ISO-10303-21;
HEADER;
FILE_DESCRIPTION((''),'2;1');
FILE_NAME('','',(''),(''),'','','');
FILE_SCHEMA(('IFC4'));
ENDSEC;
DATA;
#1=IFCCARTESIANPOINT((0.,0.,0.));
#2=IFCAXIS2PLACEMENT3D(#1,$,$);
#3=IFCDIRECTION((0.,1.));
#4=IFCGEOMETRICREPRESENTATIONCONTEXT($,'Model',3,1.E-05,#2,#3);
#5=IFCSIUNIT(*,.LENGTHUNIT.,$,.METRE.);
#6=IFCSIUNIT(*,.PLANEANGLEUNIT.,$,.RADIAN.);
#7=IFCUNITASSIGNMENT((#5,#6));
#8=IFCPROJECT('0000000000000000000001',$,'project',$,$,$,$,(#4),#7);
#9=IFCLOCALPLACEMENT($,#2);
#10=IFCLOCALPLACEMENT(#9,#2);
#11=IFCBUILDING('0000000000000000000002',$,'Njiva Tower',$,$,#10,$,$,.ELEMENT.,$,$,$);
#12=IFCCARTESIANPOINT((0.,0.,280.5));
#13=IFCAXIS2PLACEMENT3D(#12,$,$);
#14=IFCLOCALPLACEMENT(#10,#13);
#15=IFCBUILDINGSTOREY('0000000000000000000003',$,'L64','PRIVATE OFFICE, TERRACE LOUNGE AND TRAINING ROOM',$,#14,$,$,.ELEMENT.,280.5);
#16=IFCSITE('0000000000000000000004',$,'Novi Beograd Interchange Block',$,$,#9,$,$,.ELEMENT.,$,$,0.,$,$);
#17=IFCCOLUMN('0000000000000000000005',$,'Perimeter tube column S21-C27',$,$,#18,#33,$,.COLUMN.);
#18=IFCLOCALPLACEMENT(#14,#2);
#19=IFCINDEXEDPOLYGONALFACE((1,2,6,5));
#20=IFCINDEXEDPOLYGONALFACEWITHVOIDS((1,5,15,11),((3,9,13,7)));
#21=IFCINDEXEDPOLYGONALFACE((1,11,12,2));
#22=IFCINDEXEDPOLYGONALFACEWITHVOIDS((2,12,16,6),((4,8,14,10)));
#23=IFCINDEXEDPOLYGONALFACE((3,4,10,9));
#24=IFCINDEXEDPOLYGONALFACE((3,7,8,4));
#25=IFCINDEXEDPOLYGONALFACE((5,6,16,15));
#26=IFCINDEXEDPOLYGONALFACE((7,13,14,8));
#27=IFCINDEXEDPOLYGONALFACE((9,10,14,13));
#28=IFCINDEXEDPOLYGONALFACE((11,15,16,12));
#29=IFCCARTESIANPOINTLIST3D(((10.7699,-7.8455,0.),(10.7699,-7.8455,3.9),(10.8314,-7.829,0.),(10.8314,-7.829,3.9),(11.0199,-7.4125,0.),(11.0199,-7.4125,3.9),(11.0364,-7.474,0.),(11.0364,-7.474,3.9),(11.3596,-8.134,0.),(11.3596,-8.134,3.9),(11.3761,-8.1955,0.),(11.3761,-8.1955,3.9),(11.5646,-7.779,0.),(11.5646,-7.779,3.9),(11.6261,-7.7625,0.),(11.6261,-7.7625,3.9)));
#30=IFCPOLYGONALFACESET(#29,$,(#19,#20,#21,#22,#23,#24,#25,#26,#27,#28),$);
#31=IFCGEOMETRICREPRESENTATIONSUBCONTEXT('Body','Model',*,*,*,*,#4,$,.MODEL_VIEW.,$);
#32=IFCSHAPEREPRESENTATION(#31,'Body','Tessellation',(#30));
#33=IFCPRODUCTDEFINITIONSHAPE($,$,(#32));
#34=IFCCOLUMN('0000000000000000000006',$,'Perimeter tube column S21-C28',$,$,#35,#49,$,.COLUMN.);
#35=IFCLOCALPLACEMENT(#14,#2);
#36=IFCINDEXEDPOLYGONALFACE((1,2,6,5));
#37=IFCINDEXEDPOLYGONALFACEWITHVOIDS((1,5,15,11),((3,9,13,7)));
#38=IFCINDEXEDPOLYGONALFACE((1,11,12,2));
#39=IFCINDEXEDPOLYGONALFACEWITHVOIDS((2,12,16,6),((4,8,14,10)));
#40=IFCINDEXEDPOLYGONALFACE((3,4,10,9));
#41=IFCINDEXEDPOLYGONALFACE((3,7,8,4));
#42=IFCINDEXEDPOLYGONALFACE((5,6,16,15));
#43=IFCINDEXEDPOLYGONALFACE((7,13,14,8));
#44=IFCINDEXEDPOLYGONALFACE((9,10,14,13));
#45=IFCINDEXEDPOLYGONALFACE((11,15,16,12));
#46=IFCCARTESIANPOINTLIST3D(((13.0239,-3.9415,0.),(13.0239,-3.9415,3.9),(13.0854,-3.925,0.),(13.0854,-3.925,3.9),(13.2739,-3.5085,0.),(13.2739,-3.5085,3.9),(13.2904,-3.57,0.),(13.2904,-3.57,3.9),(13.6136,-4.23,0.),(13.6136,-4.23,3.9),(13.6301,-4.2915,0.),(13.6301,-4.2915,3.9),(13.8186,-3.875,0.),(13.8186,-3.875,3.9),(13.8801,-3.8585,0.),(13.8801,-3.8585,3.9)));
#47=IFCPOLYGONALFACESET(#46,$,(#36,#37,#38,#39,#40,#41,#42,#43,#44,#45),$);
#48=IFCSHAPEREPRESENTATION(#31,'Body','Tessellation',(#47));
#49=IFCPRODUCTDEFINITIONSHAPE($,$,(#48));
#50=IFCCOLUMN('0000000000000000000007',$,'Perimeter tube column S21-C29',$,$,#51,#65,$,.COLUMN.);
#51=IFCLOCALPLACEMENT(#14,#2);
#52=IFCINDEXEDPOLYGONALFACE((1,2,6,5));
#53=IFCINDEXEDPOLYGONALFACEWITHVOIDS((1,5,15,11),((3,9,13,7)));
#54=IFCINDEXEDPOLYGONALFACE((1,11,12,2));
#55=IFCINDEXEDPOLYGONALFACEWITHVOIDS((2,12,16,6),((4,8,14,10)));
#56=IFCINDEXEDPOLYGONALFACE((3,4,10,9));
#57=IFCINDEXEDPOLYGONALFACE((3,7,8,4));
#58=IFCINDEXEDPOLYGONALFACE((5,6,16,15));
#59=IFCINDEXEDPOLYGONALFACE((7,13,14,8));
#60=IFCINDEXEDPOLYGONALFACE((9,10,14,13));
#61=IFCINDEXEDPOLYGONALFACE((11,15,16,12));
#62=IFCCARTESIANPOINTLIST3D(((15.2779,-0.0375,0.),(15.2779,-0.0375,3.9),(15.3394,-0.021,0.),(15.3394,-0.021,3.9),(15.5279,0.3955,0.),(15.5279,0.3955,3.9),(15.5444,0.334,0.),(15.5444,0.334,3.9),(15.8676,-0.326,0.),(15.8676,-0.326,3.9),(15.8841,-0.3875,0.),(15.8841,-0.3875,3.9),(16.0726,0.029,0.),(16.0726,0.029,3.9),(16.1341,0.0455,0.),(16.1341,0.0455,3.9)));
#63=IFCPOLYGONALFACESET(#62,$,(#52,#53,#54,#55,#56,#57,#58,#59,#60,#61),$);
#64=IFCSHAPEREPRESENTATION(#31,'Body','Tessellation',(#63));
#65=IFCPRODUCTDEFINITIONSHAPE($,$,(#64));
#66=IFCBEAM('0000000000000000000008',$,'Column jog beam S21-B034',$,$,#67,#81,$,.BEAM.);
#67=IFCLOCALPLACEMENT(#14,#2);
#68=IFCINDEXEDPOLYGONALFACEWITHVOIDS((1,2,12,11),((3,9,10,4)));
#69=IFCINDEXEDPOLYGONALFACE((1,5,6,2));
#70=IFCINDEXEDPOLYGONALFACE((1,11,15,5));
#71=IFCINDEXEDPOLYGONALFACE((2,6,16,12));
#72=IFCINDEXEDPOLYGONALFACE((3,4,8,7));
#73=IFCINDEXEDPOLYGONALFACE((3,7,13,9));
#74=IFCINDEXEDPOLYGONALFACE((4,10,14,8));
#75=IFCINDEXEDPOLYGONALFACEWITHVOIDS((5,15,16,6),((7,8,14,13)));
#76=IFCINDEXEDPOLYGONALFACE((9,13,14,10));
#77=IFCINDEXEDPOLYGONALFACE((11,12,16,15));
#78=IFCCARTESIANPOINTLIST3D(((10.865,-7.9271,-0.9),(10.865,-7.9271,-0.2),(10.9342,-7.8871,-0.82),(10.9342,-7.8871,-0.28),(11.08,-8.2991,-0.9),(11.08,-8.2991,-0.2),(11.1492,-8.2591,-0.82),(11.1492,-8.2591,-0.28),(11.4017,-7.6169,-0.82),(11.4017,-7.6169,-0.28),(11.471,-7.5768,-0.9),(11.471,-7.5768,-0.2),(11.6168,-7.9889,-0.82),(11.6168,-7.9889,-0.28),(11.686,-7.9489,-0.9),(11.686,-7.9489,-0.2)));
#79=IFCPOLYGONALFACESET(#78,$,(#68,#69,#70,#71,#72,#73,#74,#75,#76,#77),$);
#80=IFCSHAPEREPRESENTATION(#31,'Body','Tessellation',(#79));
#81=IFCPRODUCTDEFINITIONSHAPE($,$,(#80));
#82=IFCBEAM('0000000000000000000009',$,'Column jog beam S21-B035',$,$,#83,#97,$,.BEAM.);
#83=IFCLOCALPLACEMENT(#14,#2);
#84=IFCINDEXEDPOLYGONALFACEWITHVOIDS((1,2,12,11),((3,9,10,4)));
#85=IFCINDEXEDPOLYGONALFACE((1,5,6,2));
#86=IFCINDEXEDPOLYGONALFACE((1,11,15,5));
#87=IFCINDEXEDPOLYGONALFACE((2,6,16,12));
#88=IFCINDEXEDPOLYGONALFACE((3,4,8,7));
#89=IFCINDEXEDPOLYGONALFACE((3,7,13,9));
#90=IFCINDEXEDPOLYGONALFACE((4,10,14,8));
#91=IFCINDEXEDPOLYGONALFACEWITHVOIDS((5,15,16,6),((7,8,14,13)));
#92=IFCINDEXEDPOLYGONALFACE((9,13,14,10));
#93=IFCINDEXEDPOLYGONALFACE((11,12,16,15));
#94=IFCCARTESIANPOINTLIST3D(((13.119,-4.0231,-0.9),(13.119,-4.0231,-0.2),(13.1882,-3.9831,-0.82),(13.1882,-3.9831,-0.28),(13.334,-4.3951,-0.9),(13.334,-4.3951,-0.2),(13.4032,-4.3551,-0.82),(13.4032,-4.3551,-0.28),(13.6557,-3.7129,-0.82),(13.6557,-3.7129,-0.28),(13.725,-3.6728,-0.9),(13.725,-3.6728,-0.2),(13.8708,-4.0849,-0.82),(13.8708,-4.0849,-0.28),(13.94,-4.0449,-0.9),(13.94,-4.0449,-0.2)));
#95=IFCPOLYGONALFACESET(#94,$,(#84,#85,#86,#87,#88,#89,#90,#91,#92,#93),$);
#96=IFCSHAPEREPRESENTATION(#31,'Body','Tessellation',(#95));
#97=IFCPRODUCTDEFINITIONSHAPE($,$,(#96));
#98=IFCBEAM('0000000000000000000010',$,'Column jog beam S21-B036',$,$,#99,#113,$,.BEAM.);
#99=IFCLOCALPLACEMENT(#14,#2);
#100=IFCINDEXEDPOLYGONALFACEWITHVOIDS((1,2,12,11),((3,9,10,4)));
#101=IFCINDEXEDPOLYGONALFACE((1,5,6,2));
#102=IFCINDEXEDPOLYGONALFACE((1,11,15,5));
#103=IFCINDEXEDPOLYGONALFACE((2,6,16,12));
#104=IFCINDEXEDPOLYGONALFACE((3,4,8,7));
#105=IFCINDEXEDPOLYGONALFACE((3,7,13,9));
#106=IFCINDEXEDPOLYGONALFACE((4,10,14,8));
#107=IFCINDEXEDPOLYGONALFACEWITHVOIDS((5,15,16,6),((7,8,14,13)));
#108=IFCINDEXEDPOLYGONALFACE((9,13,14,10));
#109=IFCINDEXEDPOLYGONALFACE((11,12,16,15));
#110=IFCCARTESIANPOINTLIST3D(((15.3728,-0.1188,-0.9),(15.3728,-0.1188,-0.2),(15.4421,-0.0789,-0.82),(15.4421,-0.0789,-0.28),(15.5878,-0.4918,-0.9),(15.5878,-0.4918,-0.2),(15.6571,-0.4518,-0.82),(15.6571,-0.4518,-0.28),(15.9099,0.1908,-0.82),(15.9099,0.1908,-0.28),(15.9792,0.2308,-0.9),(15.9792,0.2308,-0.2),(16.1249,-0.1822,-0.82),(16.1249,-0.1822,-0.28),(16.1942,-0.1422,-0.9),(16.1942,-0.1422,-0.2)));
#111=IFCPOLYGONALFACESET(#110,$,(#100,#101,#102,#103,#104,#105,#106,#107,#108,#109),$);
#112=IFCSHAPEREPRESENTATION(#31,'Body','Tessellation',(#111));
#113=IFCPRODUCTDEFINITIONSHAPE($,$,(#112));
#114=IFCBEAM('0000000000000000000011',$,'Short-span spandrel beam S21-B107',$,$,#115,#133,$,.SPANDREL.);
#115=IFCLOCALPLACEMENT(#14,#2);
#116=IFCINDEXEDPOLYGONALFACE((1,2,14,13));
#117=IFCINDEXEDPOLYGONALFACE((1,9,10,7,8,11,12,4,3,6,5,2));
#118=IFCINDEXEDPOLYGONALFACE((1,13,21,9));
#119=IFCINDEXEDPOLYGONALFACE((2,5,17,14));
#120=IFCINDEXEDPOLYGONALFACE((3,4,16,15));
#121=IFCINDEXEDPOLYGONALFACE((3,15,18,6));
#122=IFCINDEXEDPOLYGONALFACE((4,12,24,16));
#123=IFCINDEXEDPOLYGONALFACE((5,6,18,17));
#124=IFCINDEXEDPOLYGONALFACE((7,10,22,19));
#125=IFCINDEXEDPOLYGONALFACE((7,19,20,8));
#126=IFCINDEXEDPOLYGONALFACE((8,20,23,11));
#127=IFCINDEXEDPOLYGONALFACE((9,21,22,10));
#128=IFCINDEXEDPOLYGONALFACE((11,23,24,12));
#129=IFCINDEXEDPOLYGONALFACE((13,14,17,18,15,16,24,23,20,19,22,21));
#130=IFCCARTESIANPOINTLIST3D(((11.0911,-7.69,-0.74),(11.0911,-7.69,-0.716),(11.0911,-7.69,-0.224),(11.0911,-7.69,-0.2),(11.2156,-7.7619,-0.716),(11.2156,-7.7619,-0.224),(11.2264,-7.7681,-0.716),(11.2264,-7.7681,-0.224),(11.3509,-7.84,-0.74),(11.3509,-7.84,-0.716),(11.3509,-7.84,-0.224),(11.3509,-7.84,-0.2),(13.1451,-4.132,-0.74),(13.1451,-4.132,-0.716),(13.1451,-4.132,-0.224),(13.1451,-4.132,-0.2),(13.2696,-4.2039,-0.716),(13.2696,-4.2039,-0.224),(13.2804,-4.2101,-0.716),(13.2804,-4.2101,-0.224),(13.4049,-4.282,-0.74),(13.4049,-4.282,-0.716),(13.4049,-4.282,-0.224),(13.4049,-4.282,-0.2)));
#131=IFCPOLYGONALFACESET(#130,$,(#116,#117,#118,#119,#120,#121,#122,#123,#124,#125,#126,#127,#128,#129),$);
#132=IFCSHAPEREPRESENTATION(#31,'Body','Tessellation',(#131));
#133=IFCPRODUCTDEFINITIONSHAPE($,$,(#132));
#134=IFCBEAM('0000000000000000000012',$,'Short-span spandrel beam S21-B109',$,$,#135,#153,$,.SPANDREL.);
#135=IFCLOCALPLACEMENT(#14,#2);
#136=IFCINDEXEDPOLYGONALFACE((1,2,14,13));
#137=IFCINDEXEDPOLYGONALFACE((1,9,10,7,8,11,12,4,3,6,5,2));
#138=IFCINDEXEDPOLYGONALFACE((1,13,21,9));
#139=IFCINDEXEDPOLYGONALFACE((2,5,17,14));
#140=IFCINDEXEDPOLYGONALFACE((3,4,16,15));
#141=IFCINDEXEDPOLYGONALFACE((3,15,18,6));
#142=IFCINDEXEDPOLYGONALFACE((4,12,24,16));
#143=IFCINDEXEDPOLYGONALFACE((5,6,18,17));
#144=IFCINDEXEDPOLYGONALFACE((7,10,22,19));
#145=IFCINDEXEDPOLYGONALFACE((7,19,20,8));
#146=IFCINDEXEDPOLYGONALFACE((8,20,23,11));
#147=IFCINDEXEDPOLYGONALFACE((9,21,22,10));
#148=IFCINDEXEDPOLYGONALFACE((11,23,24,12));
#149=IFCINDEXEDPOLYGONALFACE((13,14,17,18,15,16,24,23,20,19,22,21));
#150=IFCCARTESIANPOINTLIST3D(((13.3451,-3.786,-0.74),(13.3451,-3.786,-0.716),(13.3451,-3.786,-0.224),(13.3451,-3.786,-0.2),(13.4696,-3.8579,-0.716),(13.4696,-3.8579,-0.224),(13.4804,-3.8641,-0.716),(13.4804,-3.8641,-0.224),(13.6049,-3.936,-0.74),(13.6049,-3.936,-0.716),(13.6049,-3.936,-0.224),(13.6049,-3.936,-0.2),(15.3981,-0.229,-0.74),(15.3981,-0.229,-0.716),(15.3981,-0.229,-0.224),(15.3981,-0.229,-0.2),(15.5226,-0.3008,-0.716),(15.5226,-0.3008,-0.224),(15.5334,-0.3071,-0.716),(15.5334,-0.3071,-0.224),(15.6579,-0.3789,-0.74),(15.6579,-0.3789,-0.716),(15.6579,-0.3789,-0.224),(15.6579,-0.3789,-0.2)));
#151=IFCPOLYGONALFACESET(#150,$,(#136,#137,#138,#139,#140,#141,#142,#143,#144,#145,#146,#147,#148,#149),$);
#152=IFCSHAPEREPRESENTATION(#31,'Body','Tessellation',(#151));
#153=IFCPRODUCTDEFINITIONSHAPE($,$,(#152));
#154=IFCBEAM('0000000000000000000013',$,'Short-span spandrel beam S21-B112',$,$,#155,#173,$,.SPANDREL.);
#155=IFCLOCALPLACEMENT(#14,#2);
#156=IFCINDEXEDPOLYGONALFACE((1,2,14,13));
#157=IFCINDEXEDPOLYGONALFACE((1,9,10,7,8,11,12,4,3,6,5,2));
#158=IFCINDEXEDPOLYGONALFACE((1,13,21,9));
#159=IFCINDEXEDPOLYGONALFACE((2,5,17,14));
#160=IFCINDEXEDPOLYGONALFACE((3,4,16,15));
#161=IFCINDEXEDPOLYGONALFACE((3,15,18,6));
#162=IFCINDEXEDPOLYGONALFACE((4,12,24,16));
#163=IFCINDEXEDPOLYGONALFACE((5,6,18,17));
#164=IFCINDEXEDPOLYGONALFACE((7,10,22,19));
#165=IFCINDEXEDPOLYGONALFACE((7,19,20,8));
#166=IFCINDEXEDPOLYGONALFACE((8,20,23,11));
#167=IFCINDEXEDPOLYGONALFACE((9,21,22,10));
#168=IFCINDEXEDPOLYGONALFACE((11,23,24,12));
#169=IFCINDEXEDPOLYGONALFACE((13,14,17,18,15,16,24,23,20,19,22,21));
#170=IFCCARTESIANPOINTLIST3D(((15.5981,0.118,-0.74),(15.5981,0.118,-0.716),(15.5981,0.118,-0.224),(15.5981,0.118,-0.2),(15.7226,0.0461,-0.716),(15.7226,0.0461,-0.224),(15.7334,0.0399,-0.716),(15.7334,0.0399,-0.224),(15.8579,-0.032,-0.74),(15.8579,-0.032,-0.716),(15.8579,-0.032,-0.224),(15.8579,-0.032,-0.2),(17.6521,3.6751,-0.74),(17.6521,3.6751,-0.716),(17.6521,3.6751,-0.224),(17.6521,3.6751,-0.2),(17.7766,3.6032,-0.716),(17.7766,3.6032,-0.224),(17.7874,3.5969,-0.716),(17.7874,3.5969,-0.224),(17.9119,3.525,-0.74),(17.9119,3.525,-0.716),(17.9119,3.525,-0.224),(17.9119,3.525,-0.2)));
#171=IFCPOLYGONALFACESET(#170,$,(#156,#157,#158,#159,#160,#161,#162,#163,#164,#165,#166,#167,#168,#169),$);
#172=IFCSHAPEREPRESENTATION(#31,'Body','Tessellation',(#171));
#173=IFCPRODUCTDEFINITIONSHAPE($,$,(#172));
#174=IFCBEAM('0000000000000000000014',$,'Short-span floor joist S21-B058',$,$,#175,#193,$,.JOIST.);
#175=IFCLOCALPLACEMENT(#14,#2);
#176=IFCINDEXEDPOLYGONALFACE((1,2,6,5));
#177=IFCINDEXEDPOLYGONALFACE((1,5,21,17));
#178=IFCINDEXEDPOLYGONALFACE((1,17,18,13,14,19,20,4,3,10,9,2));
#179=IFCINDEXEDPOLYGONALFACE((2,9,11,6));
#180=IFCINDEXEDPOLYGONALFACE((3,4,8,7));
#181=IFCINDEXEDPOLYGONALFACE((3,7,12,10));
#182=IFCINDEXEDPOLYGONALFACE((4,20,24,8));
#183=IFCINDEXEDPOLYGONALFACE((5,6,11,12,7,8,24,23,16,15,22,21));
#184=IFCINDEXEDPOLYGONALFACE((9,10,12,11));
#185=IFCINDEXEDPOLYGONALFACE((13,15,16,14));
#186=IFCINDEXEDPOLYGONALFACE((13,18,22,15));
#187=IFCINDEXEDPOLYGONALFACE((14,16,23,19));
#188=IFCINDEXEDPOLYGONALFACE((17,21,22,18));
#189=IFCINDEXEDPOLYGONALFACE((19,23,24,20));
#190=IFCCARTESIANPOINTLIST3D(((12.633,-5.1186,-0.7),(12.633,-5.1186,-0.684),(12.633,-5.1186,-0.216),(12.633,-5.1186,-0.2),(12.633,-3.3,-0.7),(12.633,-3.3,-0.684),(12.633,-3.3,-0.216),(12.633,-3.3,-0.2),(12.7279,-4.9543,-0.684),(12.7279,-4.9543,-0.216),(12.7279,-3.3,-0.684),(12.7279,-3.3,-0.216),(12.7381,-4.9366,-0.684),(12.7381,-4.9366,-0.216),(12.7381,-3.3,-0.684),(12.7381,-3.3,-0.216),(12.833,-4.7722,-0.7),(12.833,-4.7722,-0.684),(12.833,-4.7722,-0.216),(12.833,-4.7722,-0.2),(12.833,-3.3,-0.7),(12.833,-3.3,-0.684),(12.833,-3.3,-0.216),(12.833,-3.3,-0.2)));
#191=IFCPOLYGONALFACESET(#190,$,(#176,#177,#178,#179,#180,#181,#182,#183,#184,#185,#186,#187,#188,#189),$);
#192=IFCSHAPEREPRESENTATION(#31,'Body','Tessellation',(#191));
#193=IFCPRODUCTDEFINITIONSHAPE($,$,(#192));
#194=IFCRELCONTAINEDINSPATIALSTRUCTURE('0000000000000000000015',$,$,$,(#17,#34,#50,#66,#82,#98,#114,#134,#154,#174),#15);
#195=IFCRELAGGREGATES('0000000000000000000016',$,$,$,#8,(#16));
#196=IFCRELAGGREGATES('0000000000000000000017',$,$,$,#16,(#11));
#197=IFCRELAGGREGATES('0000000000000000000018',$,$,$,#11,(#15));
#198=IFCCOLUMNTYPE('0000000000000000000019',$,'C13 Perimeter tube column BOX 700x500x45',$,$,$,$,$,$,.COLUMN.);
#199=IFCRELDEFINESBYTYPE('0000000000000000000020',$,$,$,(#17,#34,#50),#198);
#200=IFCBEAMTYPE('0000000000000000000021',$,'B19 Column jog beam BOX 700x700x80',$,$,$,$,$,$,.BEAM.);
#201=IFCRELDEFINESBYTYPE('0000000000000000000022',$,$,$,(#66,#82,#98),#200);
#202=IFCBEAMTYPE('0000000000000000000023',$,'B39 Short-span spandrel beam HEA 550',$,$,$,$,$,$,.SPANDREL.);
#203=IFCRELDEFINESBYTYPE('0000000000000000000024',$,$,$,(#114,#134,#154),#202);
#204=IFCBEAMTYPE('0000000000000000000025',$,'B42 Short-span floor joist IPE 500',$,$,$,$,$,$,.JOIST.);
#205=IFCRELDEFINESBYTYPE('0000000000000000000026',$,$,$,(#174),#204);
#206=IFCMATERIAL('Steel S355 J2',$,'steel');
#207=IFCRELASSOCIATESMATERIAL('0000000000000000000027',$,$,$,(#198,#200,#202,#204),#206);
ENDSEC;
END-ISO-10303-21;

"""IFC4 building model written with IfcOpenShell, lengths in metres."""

from ifc_helpers import new_model, si_unit, direction, frame, origin, origin_2d, place, context, subcontext, project, spatial, hollow_rectangle, i_section, extrude, clip, halfspace, material, material_profile, profile_set, type_object, element, save


model = new_model("IFC4")

# Units and contexts
model_context = context("Model", 3, precision=1e-05, world=origin(), true_north=direction((0.0, 1.0)))
body_context = subcontext(model_context, "Body", "Model", "MODEL_VIEW")
ifc_project = project(units=[si_unit("LENGTHUNIT", "METRE"), si_unit("PLANEANGLEUNIT", "RADIAN")], contexts=[model_context])

# Site, building, storey
site_placement = place(None, origin())
site = spatial("IfcSite", under=ifc_project, at=site_placement, Name="Novi Beograd Interchange Block", CompositionType="ELEMENT", RefElevation=0.0)
building_placement = place(site_placement, origin())
building = spatial("IfcBuilding", under=site, at=building_placement, Name="Njiva Tower", CompositionType="ELEMENT")
storey_placement = place(building_placement, frame((0.0, 0.0, 280.5)))
storey = spatial("IfcBuildingStorey", under=building, at=storey_placement, Name="L64", Description="PRIVATE OFFICE, TERRACE LOUNGE AND TRAINING ROOM", CompositionType="ELEMENT", Elevation=280.5)

# Columns
ifc_material_1 = material(Name="Steel S355 J2", Category="steel")
ifc_material_profile_1 = material_profile(ifc_material_1, hollow_rectangle(XDim=0.5, YDim=0.7, WallThickness=0.045, at=origin_2d()), Name="BOX 700x500x45")
ifc_profile_set_1 = profile_set([ifc_material_profile_1], Name="Steel S355 J2")
column_type = type_object("IfcColumnType", Name="C13 Perimeter tube column BOX 700x500x45", PredefinedType="COLUMN", material=ifc_profile_set_1)
for number, where, z_axis, x_axis, name in (
    (1, (11.198, -7.804, 0.0), (0.0, 0.0, 1.0), (0.5, 0.866025, 0.0), "Perimeter tube column S21-C27"),
    (2, (13.452, -3.9, 0.0), (0.0, 0.0, 1.0), (0.5, 0.866025, 0.0), "Perimeter tube column S21-C28"),
    (3, (15.706, 0.004, 0.0), (0.0, 0.0, 1.0), (0.5, 0.866025, 0.0), "Perimeter tube column S21-C29"),
):
    element("IfcColumn", number, at=place(storey_placement, frame(where, z_axis=z_axis, x_axis=x_axis)), inside=storey, type_object=column_type, Name=name, PredefinedType="COLUMN", context=body_context, shape_type="SweptSolid", body=[
        extrude(hollow_rectangle(XDim=0.5, YDim=0.7, WallThickness=0.045, at=origin_2d()), origin(), (0.0, 0.0, 1.0), 3.9),
    ])

# Beams
ifc_material_profile_2 = material_profile(ifc_material_1, hollow_rectangle(XDim=0.7, YDim=0.7, WallThickness=0.08, at=origin_2d()), Name="BOX 700x700x80")
ifc_profile_set_2 = profile_set([ifc_material_profile_2], Name="Steel S355 J2")
beam_type_1 = type_object("IfcBeamType", Name="B19 Column jog beam BOX 700x700x80", PredefinedType="BEAM", material=ifc_profile_set_2)
for number, where, z_axis, x_axis, name in (
    (4, (11.383, -8.124, -0.55), (-0.500394, 0.865798, 0.0), (-0.865798, -0.500394, 0.0), "Column jog beam S21-B034"),
    (5, (13.637, -4.22, -0.55), (-0.500394, 0.865798, 0.0), (-0.865798, -0.500394, 0.0), "Column jog beam S21-B035"),
):
    element("IfcBeam", number, at=place(storey_placement, frame(where, z_axis=z_axis, x_axis=x_axis)), inside=storey, type_object=beam_type_1, Name=name, PredefinedType="BEAM", context=body_context, shape_type="SweptSolid", body=[
        extrude(hollow_rectangle(XDim=0.7, YDim=0.7, WallThickness=0.08, at=origin_2d()), origin(), (0.0, 0.0, 1.0), 0.4297),
    ])
beam_1_placement = place(storey_placement, frame((15.891, -0.317, -0.55), z_axis=(-0.499387, 0.866379, 0.0), x_axis=(-0.866379, -0.499387, 0.0)))
element("IfcBeam", 6, at=beam_1_placement, inside=storey, type_object=beam_type_1, Name="Column jog beam S21-B036", PredefinedType="BEAM", context=body_context, shape_type="SweptSolid", body=[
    extrude(hollow_rectangle(XDim=0.7, YDim=0.7, WallThickness=0.08, at=origin_2d()), origin(), (0.0, 0.0, 1.0), 0.4305),
])
ifc_material_profile_3 = material_profile(ifc_material_1, i_section(OverallWidth=0.3, OverallDepth=0.54, WebThickness=0.0125, FlangeThickness=0.024, at=origin_2d()), Name="HEA 550")
ifc_profile_set_3 = profile_set([ifc_material_profile_3], Name="Steel S355 J2")
beam_type_2 = type_object("IfcBeamType", Name="B39 Short-span spandrel beam HEA 550", PredefinedType="SPANDREL", material=ifc_profile_set_3)
beam_2_placement = place(storey_placement, frame((11.221, -7.765, -0.47), z_axis=(0.499961, 0.866048, 0.0), x_axis=(-0.866048, 0.499961, 0.0)))
element("IfcBeam", 7, at=beam_2_placement, inside=storey, type_object=beam_type_2, Name="Short-span spandrel beam S21-B107", PredefinedType="SPANDREL", context=body_context, shape_type="SweptSolid", body=[
    extrude(i_section(OverallWidth=0.3, OverallDepth=0.54, WebThickness=0.0125, FlangeThickness=0.024, at=origin_2d()), origin(), (0.0, 0.0, 1.0), 4.1083),
])
beam_3_placement = place(storey_placement, frame((13.475, -3.861, -0.47), z_axis=(0.499884, 0.866092, 0.0), x_axis=(-0.866092, 0.499884, 0.0)))
element("IfcBeam", 8, at=beam_3_placement, inside=storey, type_object=beam_type_2, Name="Short-span spandrel beam S21-B109", PredefinedType="SPANDREL", context=body_context, shape_type="SweptSolid", body=[
    extrude(i_section(OverallWidth=0.3, OverallDepth=0.54, WebThickness=0.0125, FlangeThickness=0.024, at=origin_2d()), origin(), (0.0, 0.0, 1.0), 4.107),
])
beam_4_placement = place(storey_placement, frame((15.728, 0.043, -0.47), z_axis=(0.500067, 0.865987, 0.0), x_axis=(-0.865987, 0.500067, 0.0)))
element("IfcBeam", 9, at=beam_4_placement, inside=storey, type_object=beam_type_2, Name="Short-span spandrel beam S21-B112", PredefinedType="SPANDREL", context=body_context, shape_type="SweptSolid", body=[
    extrude(i_section(OverallWidth=0.3, OverallDepth=0.54, WebThickness=0.0125, FlangeThickness=0.024, at=origin_2d()), origin(), (0.0, 0.0, 1.0), 4.1075),
])
ifc_material_profile_4 = material_profile(ifc_material_1, i_section(OverallWidth=0.2, OverallDepth=0.5, WebThickness=0.0102, FlangeThickness=0.016, at=origin_2d()), Name="IPE 500")
ifc_profile_set_4 = profile_set([ifc_material_profile_4], Name="Steel S355 J2")
beam_type_3 = type_object("IfcBeamType", Name="B42 Short-span floor joist IPE 500", PredefinedType="JOIST", material=ifc_profile_set_4)
beam_5_placement = place(storey_placement, frame((12.733, -3.3, -0.45), z_axis=(0.0, -1.0, 0.0), x_axis=(1.0, 0.0, 0.0)))
element("IfcBeam", 10, at=beam_5_placement, inside=storey, type_object=beam_type_3, Name="Short-span floor joist S21-B058", PredefinedType="JOIST", context=body_context, shape_type="Clipping", body=[
    clip(extrude(i_section(OverallWidth=0.2, OverallDepth=0.5, WebThickness=0.0102, FlangeThickness=0.016, at=origin_2d()), origin(), (0.0, 0.0, 1.0), 1.838), halfspace(frame((0.0436, 0.0, 1.5699), z_axis=(0.866027, 0.0, 0.499998), x_axis=(0.0, 1.0, 0.0)), False)),
])

save(model, "model.ifc")
